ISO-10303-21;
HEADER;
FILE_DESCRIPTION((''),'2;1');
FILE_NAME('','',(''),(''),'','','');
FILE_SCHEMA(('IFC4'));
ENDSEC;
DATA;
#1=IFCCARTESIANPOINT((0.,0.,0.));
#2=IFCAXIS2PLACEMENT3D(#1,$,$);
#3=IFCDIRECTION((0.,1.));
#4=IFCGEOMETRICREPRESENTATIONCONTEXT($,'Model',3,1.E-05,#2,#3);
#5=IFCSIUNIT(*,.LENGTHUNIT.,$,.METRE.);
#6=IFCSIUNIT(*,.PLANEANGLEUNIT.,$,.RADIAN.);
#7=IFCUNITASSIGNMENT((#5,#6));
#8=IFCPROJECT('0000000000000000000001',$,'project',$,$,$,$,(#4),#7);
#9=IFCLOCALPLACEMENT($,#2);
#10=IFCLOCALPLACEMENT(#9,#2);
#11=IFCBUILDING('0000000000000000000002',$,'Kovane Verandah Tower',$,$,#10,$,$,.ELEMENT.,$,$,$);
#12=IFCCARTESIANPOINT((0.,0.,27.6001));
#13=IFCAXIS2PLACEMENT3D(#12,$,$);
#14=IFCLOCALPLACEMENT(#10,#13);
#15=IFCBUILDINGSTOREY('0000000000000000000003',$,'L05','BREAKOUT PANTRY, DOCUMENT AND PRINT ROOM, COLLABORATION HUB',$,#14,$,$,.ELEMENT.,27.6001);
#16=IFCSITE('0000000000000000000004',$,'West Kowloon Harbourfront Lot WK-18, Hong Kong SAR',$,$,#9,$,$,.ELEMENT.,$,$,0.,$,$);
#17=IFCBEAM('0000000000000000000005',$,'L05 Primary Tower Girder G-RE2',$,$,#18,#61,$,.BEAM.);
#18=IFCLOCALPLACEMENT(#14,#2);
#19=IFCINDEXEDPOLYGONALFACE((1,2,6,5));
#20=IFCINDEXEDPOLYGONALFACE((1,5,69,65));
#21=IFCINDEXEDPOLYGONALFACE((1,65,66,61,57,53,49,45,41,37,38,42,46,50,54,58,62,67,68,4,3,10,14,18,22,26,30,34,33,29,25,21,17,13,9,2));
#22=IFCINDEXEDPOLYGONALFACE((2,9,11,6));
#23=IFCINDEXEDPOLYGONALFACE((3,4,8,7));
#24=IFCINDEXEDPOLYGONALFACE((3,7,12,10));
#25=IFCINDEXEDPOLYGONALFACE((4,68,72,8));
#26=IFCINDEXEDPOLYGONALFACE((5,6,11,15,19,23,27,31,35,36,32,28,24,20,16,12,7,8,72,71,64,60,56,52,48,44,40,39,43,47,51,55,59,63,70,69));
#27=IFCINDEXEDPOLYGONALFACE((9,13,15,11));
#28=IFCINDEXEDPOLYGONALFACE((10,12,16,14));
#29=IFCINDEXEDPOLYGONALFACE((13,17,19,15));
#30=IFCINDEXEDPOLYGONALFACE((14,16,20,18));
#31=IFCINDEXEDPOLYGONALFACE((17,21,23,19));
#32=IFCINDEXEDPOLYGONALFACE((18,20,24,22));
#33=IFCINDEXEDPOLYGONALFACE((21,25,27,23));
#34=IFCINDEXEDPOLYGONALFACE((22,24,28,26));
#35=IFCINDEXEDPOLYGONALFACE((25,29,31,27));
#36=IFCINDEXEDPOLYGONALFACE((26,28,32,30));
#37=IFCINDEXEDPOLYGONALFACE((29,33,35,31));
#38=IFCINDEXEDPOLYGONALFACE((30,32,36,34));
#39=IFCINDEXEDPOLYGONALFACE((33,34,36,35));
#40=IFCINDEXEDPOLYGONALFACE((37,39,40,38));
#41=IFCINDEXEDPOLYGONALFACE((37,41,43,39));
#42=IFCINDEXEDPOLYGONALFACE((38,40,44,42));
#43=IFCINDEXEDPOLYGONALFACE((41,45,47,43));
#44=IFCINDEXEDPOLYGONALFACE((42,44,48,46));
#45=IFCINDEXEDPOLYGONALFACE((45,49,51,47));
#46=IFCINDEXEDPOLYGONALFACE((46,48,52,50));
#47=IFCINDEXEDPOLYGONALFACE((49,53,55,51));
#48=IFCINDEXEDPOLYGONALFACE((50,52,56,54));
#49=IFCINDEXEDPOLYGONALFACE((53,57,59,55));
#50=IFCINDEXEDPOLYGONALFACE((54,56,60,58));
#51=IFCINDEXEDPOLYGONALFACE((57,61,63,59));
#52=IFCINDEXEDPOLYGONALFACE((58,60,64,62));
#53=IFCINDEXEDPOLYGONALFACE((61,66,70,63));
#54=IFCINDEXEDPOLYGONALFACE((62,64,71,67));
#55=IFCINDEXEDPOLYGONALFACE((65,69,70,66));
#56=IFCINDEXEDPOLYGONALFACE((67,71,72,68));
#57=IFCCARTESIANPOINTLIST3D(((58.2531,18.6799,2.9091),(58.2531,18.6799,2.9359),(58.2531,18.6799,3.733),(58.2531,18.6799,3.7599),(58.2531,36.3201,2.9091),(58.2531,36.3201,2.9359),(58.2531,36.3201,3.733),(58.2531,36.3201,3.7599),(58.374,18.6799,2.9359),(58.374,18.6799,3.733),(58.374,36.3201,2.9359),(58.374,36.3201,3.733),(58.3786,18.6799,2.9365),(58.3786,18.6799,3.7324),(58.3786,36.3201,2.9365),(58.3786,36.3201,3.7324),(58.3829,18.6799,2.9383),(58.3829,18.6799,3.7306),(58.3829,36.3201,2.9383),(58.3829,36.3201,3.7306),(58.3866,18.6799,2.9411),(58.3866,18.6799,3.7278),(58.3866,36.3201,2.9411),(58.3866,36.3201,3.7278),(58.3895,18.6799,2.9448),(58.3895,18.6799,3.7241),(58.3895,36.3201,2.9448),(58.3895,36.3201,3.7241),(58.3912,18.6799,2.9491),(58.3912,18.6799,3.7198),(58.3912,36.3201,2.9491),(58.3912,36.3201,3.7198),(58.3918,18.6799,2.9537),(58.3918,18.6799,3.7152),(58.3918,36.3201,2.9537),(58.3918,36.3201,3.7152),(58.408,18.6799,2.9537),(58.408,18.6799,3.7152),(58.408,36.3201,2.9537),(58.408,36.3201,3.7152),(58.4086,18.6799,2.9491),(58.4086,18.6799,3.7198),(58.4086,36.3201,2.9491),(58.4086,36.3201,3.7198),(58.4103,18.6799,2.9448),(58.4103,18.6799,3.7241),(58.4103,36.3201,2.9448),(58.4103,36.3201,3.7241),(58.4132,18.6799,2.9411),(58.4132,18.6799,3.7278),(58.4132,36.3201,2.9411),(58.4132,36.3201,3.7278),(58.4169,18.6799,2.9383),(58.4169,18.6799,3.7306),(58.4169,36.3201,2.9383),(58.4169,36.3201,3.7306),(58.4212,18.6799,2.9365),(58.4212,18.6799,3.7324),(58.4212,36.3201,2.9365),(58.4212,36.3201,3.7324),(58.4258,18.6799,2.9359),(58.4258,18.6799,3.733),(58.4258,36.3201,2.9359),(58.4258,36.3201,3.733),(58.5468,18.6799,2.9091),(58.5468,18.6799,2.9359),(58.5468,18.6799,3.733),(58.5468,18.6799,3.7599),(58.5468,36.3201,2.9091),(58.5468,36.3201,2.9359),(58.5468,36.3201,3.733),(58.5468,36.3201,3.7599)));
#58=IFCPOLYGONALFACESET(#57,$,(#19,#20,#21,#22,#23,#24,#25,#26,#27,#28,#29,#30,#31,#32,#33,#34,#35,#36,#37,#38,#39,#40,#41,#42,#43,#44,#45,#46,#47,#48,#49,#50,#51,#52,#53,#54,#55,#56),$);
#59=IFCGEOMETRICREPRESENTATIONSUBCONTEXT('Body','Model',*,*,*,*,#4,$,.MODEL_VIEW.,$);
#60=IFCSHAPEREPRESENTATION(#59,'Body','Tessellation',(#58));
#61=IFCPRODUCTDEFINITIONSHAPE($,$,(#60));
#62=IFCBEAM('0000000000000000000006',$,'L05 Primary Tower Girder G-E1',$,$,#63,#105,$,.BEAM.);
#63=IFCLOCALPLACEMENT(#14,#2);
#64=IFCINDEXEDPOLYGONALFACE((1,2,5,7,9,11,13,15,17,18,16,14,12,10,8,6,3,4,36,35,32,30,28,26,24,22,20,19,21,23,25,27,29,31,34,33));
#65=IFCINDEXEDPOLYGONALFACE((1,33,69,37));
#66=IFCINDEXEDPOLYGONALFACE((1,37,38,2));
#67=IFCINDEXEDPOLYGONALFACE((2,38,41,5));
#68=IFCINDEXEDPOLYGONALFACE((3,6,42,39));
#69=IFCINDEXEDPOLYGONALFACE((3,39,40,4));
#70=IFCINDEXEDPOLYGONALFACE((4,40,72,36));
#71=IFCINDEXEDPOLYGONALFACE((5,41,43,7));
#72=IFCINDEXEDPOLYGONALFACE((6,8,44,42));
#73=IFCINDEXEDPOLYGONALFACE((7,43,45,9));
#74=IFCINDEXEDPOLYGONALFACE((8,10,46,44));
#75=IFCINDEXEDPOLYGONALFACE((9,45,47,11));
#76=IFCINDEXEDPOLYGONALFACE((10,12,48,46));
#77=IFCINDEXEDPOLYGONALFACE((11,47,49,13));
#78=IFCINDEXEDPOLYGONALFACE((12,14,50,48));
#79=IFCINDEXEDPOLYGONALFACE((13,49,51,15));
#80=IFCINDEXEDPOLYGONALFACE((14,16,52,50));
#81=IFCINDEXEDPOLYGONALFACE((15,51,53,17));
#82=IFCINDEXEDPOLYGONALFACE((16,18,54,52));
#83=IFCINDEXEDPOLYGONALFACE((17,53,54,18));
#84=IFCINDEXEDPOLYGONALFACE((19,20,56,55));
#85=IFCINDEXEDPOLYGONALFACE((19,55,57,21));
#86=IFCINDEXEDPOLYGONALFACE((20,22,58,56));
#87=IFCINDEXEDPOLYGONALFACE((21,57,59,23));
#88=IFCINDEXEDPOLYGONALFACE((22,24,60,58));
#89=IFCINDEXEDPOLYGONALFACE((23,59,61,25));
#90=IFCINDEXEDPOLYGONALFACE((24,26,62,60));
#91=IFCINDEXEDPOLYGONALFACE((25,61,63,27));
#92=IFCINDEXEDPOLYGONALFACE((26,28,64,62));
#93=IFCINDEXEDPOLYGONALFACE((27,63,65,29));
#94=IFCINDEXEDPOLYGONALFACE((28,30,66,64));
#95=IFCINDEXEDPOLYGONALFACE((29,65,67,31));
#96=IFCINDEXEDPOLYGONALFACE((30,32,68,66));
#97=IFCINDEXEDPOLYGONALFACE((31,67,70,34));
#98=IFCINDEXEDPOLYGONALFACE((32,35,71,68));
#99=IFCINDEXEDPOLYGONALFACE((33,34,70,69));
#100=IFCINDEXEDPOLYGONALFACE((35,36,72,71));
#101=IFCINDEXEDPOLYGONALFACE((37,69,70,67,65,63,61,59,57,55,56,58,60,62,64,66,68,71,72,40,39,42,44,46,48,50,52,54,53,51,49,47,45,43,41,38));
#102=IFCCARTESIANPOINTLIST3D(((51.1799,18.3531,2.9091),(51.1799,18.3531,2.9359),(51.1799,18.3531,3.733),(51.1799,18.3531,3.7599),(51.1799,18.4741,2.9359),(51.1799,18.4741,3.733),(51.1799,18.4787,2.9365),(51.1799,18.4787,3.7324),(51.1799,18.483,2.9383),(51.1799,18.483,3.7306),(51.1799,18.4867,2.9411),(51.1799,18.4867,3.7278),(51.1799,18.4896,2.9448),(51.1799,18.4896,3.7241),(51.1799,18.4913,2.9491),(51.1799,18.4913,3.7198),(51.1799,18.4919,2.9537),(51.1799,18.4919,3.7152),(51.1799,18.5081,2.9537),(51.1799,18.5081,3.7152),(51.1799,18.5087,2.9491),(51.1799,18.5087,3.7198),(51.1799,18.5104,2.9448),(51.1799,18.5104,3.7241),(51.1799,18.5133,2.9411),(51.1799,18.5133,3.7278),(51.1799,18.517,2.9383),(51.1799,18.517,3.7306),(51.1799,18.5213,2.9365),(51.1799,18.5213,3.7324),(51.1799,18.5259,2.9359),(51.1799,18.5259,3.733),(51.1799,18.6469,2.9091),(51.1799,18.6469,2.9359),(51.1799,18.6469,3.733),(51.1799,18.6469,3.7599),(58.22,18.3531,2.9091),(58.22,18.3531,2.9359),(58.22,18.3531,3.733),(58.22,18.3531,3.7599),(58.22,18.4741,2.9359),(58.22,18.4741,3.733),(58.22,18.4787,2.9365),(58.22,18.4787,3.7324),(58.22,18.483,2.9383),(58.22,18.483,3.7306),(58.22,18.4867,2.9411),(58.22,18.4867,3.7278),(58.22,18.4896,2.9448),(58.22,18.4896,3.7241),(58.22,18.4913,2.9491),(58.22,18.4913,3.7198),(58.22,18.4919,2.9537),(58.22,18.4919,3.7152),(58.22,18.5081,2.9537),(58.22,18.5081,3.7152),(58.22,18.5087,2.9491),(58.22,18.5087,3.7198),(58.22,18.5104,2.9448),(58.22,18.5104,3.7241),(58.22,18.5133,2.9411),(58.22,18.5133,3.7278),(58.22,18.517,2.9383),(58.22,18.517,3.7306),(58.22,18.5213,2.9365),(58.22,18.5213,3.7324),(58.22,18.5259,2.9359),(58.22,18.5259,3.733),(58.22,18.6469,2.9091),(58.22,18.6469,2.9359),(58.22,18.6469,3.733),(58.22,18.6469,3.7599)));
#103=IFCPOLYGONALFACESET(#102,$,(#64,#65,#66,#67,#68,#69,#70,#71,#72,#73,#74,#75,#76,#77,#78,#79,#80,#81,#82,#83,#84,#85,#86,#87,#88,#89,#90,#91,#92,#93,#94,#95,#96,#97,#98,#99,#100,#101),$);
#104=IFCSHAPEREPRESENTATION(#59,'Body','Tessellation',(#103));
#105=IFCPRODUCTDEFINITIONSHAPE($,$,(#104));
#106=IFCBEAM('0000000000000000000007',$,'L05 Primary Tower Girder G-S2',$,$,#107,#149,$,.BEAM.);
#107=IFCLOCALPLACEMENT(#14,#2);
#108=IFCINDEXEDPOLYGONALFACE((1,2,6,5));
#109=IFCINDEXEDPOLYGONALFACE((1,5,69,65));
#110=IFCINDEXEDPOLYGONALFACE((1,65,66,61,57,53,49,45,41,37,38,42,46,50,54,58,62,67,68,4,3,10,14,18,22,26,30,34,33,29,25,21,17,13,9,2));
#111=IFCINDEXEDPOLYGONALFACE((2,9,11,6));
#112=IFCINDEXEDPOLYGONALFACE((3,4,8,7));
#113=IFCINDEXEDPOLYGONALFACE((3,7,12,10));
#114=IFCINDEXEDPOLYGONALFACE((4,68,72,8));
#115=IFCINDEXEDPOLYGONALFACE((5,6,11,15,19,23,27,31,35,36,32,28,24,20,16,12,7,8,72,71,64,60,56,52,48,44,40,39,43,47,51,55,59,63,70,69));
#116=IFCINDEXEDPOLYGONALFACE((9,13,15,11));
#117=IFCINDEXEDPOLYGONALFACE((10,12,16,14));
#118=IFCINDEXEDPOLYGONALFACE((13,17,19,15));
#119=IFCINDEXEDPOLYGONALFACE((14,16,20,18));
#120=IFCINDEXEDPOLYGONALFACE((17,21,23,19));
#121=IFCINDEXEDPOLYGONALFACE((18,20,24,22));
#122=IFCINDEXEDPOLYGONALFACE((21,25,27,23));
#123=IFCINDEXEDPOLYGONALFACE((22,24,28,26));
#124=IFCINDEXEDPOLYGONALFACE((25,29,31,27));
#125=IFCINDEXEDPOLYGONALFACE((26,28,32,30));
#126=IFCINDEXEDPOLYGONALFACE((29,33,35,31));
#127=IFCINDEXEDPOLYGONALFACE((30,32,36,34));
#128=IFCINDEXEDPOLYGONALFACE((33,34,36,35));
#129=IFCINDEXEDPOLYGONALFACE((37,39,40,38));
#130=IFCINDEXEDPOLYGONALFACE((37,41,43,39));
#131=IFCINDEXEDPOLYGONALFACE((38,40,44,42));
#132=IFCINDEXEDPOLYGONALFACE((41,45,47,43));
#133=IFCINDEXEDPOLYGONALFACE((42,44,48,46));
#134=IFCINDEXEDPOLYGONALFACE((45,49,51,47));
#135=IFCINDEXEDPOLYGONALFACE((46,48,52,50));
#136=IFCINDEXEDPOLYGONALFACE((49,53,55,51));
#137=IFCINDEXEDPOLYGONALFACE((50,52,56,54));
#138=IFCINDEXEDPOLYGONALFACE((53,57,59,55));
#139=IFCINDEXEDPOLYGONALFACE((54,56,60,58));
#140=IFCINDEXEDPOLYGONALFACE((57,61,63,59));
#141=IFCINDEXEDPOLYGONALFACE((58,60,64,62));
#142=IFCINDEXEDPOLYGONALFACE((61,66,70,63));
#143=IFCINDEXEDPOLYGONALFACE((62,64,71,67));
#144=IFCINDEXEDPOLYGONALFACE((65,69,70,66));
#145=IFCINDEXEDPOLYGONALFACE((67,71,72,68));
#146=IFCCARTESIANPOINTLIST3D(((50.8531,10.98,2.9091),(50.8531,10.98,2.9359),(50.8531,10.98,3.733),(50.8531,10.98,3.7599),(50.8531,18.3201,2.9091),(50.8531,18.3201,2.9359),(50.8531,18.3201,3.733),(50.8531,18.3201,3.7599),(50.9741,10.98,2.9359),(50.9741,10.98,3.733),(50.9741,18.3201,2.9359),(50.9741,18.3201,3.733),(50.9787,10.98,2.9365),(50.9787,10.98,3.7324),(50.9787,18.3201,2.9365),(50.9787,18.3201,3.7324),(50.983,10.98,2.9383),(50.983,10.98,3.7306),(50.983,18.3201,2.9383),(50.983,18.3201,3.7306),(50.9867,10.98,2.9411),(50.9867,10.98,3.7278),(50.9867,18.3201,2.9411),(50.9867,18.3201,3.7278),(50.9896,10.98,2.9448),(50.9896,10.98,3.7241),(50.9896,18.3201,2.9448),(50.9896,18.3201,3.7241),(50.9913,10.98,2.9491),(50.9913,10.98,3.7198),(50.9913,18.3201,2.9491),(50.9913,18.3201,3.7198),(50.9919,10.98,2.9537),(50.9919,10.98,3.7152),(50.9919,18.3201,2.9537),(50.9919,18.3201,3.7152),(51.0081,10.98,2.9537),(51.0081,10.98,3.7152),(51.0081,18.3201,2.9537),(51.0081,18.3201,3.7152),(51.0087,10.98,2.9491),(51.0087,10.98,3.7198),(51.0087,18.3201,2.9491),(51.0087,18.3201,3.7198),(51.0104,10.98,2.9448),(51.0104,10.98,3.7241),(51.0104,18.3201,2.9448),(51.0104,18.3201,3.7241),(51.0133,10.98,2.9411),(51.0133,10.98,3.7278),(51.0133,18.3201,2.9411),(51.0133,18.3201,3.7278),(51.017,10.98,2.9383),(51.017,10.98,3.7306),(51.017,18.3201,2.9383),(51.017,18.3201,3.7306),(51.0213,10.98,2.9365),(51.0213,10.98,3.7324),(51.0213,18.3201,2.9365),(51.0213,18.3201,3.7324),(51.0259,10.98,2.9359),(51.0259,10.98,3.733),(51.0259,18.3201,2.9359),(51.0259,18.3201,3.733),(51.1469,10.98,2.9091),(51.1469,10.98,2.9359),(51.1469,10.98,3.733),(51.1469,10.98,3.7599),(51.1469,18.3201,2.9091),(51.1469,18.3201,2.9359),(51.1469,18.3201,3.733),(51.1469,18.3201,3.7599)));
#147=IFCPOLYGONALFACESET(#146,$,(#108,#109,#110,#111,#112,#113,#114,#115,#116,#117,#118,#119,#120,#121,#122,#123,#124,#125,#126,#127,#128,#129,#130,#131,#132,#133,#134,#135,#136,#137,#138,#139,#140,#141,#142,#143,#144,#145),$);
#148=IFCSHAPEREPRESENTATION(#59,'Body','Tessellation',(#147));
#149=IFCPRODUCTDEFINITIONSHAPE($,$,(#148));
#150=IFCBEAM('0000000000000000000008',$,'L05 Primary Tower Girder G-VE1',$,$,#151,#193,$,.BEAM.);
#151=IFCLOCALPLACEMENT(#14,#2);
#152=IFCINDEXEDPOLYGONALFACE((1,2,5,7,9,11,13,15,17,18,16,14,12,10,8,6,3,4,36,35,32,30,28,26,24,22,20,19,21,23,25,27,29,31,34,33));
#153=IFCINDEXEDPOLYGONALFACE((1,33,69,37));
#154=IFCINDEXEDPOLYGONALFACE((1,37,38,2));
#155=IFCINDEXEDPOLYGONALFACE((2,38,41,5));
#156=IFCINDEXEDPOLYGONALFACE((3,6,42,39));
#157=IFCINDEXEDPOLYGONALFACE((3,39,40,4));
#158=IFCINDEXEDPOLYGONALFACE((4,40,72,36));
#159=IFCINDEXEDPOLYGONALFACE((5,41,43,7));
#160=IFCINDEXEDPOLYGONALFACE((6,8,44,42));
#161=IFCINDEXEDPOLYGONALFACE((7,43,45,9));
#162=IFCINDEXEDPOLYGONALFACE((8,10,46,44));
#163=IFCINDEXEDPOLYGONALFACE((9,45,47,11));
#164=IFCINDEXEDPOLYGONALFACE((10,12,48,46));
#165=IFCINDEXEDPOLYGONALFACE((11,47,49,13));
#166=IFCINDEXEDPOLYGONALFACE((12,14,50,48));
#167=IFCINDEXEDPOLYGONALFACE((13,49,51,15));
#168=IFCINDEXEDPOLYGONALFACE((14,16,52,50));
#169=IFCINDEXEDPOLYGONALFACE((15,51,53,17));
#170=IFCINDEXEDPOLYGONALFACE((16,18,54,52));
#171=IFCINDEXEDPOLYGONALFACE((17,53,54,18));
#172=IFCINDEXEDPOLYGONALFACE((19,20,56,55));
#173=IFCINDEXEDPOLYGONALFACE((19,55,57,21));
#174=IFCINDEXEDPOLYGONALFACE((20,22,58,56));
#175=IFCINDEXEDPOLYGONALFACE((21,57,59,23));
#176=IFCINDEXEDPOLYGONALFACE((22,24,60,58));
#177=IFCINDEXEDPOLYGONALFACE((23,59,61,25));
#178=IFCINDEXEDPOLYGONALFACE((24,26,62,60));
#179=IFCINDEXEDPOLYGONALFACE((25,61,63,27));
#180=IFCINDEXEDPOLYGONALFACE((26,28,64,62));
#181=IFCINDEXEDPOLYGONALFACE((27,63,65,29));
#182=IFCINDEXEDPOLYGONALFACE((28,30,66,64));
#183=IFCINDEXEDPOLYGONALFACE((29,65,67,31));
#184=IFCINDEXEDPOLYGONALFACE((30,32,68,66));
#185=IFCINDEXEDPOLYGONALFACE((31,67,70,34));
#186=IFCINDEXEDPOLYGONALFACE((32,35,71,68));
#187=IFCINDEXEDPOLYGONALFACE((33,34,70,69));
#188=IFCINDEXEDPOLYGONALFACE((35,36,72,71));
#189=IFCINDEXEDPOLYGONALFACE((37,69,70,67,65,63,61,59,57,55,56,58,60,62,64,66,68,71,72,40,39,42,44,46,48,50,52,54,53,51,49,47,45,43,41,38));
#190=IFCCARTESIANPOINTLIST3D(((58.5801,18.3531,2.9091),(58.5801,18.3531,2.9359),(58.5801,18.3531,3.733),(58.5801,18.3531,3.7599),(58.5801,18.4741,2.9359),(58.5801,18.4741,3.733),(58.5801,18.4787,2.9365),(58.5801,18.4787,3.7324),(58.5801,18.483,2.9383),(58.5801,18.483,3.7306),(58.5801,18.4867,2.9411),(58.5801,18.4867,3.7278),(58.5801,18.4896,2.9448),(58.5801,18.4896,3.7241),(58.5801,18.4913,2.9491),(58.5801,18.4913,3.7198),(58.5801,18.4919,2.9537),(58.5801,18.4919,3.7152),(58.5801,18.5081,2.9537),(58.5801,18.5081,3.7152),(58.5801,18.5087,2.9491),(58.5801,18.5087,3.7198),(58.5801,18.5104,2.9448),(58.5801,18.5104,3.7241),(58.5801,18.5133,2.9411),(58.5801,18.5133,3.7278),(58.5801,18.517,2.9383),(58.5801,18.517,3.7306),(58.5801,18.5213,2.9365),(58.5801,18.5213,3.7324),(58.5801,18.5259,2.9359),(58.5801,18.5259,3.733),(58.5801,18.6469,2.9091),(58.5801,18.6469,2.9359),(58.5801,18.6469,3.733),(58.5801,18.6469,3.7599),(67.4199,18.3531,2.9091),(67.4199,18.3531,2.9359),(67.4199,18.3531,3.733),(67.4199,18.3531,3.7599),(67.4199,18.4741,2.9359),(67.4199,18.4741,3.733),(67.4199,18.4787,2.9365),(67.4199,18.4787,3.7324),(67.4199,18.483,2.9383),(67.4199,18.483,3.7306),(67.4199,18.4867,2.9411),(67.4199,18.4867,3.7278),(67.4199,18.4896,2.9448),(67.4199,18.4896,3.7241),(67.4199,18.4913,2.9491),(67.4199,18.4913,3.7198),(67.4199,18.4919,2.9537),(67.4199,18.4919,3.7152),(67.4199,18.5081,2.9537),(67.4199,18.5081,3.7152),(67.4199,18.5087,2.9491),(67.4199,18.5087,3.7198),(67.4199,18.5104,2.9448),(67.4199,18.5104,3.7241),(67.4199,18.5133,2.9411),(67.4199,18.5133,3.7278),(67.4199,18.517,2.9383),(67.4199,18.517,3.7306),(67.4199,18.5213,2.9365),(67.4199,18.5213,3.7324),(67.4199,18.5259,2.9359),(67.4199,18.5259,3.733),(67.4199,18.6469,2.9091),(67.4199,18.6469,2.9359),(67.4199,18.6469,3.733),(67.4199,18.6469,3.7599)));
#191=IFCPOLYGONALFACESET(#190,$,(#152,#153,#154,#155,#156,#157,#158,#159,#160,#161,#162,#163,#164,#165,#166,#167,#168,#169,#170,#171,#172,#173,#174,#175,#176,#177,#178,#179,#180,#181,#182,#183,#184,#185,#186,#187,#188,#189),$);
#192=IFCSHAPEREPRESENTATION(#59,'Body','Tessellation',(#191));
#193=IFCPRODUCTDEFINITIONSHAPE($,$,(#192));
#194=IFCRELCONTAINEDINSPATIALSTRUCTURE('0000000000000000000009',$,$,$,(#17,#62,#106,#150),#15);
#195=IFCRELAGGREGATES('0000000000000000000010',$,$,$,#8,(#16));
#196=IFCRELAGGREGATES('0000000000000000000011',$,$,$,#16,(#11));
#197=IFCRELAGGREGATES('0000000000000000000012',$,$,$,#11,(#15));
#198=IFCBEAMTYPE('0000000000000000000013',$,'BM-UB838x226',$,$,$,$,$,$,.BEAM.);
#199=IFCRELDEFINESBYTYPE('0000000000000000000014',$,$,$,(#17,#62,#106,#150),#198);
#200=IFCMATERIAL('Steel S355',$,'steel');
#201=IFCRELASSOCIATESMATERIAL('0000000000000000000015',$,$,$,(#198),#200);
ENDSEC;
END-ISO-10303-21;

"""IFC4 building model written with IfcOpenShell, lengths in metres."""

from ifc_helpers import new_model, si_unit, direction, frame, origin, origin_2d, place, context, subcontext, project, spatial, i_section, extrude, material, material_profile, profile_set, type_object, element, save


model = new_model("IFC4")

# Units and contexts
model_context = context("Model", 3, precision=1e-05, world=origin(), true_north=direction((0.0, 1.0)))
body_context = subcontext(model_context, "Body", "Model", "MODEL_VIEW")
ifc_project = project(units=[si_unit("LENGTHUNIT", "METRE"), si_unit("PLANEANGLEUNIT", "RADIAN")], contexts=[model_context])

# Site, building, storey
site_placement = place(None, origin())
site = spatial("IfcSite", under=ifc_project, at=site_placement, Name="West Kowloon Harbourfront Lot WK-18, Hong Kong SAR", CompositionType="ELEMENT", RefElevation=0.0)
building_placement = place(site_placement, origin())
building = spatial("IfcBuilding", under=site, at=building_placement, Name="Kovane Verandah Tower", CompositionType="ELEMENT")
storey_placement = place(building_placement, frame((0.0, 0.0, 27.6001)))
storey = spatial("IfcBuildingStorey", under=building, at=storey_placement, Name="L05", Description="BREAKOUT PANTRY, DOCUMENT AND PRINT ROOM, COLLABORATION HUB", CompositionType="ELEMENT", Elevation=27.6001)

# Beams
ifc_material_1 = material(Name="Steel S355", Category="steel")
ifc_material_profile_1 = material_profile(ifc_material_1, i_section(OverallWidth=0.2937, OverallDepth=0.8508, WebThickness=0.0161, FlangeThickness=0.0269, FilletRadius=0.0178, at=origin_2d()), Name="UB838x292x226")
ifc_profile_set_1 = profile_set([ifc_material_profile_1], Name="Steel S355")
beam_type_1 = type_object("IfcBeamType", Name="BM-UB838x226", PredefinedType="BEAM", material=ifc_profile_set_1)
beam_1_placement = place(storey_placement, frame((58.3999, 18.6799, 3.3345), z_axis=(0.0, 1.0, 0.0), x_axis=(-1.0, 0.0, 0.0)))
element("IfcBeam", 1, at=beam_1_placement, inside=storey, type_object=beam_type_1, Name="L05 Primary Tower Girder G-RE2", PredefinedType="BEAM", context=body_context, shape_type="SweptSolid", body=[
    extrude(i_section(OverallWidth=0.2937, OverallDepth=0.8508, WebThickness=0.0161, FlangeThickness=0.0269, FilletRadius=0.0178, at=origin_2d()), origin(), (0.0, 0.0, 1.0), 17.6401),
])
beam_2_placement = place(storey_placement, frame((51.1799, 18.5, 3.3345), z_axis=(1.0, 0.0, 0.0), x_axis=(0.0, 1.0, 0.0)))
element("IfcBeam", 2, at=beam_2_placement, inside=storey, type_object=beam_type_1, Name="L05 Primary Tower Girder G-E1", PredefinedType="BEAM", context=body_context, shape_type="SweptSolid", body=[
    extrude(i_section(OverallWidth=0.2937, OverallDepth=0.8508, WebThickness=0.0161, FlangeThickness=0.0269, FilletRadius=0.0178, at=origin_2d()), origin(), (0.0, 0.0, 1.0), 7.04),
])
beam_3_placement = place(storey_placement, frame((51.0, 18.3201, 3.3345), z_axis=(0.0, -1.0, 0.0), x_axis=(1.0, 0.0, 0.0)))
element("IfcBeam", 3, at=beam_3_placement, inside=storey, type_object=beam_type_1, Name="L05 Primary Tower Girder G-S2", PredefinedType="BEAM", context=body_context, shape_type="SweptSolid", body=[
    extrude(i_section(OverallWidth=0.2937, OverallDepth=0.8508, WebThickness=0.0161, FlangeThickness=0.0269, FilletRadius=0.0178, at=origin_2d()), origin(), (0.0, 0.0, 1.0), 7.3401),
])
beam_4_placement = place(storey_placement, frame((58.5801, 18.5, 3.3345), z_axis=(1.0, 0.0, 0.0), x_axis=(0.0, 1.0, 0.0)))
element("IfcBeam", 4, at=beam_4_placement, inside=storey, type_object=beam_type_1, Name="L05 Primary Tower Girder G-VE1", PredefinedType="BEAM", context=body_context, shape_type="SweptSolid", body=[
    extrude(i_section(OverallWidth=0.2937, OverallDepth=0.8508, WebThickness=0.0161, FlangeThickness=0.0269, FilletRadius=0.0178, at=origin_2d()), origin(), (0.0, 0.0, 1.0), 8.8398),
])

save(model, "model.ifc")
